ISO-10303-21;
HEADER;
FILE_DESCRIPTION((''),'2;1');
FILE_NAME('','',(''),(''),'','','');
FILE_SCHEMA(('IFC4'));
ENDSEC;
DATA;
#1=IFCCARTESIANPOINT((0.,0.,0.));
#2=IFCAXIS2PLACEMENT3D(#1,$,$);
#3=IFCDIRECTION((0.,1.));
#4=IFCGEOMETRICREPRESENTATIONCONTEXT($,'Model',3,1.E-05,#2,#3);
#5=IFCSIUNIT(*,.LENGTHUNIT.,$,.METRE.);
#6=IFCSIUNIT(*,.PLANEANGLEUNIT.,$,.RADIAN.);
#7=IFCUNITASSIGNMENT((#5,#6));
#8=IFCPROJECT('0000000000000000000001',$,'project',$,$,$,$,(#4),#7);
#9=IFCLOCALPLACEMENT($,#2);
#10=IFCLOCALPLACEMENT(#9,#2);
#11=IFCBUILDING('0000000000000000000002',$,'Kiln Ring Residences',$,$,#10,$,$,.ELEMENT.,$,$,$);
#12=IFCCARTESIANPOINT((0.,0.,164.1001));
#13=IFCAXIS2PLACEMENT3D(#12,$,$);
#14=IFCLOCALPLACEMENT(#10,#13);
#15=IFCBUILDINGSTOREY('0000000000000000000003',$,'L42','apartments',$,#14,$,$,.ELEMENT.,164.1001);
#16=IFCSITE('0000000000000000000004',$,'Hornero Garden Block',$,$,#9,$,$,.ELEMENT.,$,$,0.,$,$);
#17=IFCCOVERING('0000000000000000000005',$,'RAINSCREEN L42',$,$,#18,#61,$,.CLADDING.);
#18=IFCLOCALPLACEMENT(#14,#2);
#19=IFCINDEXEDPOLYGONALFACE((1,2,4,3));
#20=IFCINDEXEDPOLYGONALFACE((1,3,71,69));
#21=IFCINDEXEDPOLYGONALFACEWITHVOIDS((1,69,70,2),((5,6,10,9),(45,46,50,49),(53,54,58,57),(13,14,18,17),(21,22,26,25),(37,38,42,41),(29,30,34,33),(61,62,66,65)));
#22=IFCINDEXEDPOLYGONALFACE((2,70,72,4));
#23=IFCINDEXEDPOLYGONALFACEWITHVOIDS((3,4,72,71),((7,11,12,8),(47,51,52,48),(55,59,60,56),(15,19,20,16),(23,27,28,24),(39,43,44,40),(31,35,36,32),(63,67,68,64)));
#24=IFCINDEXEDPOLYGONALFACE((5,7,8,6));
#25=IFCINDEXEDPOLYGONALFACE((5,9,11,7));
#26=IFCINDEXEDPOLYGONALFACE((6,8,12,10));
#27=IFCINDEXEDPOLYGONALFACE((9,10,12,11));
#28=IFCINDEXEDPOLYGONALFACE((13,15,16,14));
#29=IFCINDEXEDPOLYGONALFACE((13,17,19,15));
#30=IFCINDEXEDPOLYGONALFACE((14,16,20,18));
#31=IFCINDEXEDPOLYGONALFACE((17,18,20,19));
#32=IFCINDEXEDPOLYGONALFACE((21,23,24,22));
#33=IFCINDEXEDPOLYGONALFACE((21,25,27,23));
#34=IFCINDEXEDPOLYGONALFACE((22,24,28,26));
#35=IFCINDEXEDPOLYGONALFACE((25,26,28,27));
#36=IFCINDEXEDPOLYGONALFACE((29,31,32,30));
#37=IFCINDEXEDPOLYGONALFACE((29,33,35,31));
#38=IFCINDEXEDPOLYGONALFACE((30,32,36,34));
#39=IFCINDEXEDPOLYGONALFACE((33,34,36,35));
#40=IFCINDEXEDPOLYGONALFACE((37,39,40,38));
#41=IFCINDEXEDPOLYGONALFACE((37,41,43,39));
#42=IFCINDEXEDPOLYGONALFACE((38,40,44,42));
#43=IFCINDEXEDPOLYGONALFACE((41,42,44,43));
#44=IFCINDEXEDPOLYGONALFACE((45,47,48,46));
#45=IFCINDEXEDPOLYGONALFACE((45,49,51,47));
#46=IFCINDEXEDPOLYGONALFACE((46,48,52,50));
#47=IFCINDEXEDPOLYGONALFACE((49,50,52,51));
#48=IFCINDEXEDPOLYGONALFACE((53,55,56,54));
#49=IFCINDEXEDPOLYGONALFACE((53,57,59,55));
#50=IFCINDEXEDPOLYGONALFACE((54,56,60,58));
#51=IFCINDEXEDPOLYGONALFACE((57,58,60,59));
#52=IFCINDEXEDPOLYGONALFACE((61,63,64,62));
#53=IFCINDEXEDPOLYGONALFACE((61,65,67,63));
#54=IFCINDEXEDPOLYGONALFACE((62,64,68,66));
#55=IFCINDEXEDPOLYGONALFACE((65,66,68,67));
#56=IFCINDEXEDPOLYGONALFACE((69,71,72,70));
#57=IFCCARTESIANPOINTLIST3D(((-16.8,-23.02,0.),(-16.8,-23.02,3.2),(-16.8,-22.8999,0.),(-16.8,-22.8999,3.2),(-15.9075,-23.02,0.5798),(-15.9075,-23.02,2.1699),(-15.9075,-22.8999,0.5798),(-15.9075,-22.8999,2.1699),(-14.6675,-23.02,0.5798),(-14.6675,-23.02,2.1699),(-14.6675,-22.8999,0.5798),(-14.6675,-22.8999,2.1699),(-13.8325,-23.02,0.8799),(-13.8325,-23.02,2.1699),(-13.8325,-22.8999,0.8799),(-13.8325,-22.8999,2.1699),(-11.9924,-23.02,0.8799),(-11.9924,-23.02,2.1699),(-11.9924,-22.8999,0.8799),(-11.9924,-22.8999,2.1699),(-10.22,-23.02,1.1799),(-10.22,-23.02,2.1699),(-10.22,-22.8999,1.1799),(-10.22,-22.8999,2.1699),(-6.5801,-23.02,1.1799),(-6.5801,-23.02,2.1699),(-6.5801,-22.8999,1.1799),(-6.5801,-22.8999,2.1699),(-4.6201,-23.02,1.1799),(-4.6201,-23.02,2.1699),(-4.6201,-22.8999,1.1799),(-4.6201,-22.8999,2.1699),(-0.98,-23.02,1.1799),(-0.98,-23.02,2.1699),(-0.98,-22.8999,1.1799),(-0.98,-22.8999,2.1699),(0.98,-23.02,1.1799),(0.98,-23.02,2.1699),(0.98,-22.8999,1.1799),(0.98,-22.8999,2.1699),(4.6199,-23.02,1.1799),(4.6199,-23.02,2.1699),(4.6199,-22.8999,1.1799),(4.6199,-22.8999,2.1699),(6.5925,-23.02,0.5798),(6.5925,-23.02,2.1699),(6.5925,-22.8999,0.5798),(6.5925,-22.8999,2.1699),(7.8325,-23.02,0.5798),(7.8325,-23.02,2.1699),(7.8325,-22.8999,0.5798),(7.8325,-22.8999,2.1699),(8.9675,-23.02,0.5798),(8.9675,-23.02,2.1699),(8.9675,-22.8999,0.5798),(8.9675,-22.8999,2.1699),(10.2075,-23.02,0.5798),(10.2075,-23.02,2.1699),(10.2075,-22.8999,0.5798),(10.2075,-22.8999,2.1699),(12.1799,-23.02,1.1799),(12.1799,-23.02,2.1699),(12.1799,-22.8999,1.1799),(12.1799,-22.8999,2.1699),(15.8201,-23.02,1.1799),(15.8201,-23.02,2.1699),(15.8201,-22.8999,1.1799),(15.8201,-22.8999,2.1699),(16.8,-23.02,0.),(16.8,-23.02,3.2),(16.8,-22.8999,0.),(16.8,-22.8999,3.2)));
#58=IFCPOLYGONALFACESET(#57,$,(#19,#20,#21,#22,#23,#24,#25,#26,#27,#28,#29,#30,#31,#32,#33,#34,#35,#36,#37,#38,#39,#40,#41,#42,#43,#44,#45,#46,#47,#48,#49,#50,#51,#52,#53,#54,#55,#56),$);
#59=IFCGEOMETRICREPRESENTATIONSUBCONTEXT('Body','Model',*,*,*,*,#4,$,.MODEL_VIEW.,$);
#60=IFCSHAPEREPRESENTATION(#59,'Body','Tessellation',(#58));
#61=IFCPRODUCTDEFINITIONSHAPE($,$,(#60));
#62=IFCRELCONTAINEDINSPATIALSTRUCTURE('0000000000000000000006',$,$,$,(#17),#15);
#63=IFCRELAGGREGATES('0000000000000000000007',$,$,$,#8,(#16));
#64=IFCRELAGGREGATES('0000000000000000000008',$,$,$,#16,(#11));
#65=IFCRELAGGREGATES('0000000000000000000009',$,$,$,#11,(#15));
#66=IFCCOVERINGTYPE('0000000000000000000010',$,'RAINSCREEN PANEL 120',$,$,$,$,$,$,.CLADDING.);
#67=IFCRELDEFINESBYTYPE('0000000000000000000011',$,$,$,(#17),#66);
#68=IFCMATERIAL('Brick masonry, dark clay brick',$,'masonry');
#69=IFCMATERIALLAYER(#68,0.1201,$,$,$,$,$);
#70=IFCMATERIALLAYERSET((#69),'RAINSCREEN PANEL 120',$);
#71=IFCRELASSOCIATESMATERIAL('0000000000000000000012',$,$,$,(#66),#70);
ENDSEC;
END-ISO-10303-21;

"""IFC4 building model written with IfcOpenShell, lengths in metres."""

from ifc_helpers import new_model, si_unit, direction, frame, origin, place, context, subcontext, project, spatial, polyline, outline, extrude, material, layer, layer_set, type_object, element, save


model = new_model("IFC4")

# Units and contexts
model_context = context("Model", 3, precision=1e-05, world=origin(), true_north=direction((0.0, 1.0)))
body_context = subcontext(model_context, "Body", "Model", "MODEL_VIEW")
ifc_project = project(units=[si_unit("LENGTHUNIT", "METRE"), si_unit("PLANEANGLEUNIT", "RADIAN")], contexts=[model_context])

# Site, building, storey
site_placement = place(None, origin())
site = spatial("IfcSite", under=ifc_project, at=site_placement, Name="Hornero Garden Block", CompositionType="ELEMENT", RefElevation=0.0)
building_placement = place(site_placement, origin())
building = spatial("IfcBuilding", under=site, at=building_placement, Name="Kiln Ring Residences", CompositionType="ELEMENT")
storey_placement = place(building_placement, frame((0.0, 0.0, 164.1001)))
storey = spatial("IfcBuildingStorey", under=building, at=storey_placement, Name="L42", Description="apartments", CompositionType="ELEMENT", Elevation=164.1001)

# Covering
ifc_material_1 = material(Name="Brick masonry, dark clay brick", Category="masonry")
ifc_layer_1 = layer(ifc_material_1, 0.1201)
ifc_layer_set_1 = layer_set([ifc_layer_1], Name="RAINSCREEN PANEL 120")
covering_type = type_object("IfcCoveringType", Name="RAINSCREEN PANEL 120", PredefinedType="CLADDING", material=ifc_layer_set_1)
covering_placement = place(storey_placement, frame((-16.8, -22.96, 0.0), z_axis=(0.0, 0.0, 1.0), x_axis=(1.0, 0.0, 0.0)))
element("IfcCovering", 1, at=covering_placement, inside=storey, type_object=covering_type, Name="RAINSCREEN L42", PredefinedType="CLADDING", context=body_context, shape_type="SweptSolid", body=[
    extrude(outline(polyline([(0.0, 0.0), (33.6001, 0.0), (33.6001, 3.2), (0.0, 3.2), (0.0, 0.0)]), holes=[polyline([(0.8926, 0.5798), (2.1326, 0.5798), (2.1326, 2.1699), (0.8926, 2.1699), (0.8926, 0.5798)]), polyline([(23.3926, 0.5798), (24.6326, 0.5798), (24.6326, 2.1699), (23.3926, 2.1699), (23.3926, 0.5798)]), polyline([(25.7676, 0.5798), (27.0076, 0.5798), (27.0076, 2.1699), (25.7676, 2.1699), (25.7676, 0.5798)]), polyline([(2.9675, 0.8799), (4.8076, 0.8799), (4.8076, 2.1699), (2.9675, 2.1699), (2.9675, 0.8799)]), polyline([(6.5801, 1.1799), (10.22, 1.1799), (10.22, 2.1699), (6.5801, 2.1699), (6.5801, 1.1799)]), polyline([(12.1799, 1.1799), (15.8201, 1.1799), (15.8201, 2.1699), (12.1799, 2.1699), (12.1799, 1.1799)]), polyline([(17.78, 1.1799), (21.4199, 1.1799), (21.4199, 2.1699), (17.78, 2.1699), (17.78, 1.1799)]), polyline([(28.98, 1.1799), (32.6201, 1.1799), (32.6201, 2.1699), (28.98, 2.1699), (28.98, 1.1799)])]), frame((0.0, 0.0601, 0.0), z_axis=(0.0, -1.0, 0.0), x_axis=(1.0, 0.0, 0.0)), (0.0, 0.0, 1.0), 0.1201),
])

save(model, "model.ifc")
